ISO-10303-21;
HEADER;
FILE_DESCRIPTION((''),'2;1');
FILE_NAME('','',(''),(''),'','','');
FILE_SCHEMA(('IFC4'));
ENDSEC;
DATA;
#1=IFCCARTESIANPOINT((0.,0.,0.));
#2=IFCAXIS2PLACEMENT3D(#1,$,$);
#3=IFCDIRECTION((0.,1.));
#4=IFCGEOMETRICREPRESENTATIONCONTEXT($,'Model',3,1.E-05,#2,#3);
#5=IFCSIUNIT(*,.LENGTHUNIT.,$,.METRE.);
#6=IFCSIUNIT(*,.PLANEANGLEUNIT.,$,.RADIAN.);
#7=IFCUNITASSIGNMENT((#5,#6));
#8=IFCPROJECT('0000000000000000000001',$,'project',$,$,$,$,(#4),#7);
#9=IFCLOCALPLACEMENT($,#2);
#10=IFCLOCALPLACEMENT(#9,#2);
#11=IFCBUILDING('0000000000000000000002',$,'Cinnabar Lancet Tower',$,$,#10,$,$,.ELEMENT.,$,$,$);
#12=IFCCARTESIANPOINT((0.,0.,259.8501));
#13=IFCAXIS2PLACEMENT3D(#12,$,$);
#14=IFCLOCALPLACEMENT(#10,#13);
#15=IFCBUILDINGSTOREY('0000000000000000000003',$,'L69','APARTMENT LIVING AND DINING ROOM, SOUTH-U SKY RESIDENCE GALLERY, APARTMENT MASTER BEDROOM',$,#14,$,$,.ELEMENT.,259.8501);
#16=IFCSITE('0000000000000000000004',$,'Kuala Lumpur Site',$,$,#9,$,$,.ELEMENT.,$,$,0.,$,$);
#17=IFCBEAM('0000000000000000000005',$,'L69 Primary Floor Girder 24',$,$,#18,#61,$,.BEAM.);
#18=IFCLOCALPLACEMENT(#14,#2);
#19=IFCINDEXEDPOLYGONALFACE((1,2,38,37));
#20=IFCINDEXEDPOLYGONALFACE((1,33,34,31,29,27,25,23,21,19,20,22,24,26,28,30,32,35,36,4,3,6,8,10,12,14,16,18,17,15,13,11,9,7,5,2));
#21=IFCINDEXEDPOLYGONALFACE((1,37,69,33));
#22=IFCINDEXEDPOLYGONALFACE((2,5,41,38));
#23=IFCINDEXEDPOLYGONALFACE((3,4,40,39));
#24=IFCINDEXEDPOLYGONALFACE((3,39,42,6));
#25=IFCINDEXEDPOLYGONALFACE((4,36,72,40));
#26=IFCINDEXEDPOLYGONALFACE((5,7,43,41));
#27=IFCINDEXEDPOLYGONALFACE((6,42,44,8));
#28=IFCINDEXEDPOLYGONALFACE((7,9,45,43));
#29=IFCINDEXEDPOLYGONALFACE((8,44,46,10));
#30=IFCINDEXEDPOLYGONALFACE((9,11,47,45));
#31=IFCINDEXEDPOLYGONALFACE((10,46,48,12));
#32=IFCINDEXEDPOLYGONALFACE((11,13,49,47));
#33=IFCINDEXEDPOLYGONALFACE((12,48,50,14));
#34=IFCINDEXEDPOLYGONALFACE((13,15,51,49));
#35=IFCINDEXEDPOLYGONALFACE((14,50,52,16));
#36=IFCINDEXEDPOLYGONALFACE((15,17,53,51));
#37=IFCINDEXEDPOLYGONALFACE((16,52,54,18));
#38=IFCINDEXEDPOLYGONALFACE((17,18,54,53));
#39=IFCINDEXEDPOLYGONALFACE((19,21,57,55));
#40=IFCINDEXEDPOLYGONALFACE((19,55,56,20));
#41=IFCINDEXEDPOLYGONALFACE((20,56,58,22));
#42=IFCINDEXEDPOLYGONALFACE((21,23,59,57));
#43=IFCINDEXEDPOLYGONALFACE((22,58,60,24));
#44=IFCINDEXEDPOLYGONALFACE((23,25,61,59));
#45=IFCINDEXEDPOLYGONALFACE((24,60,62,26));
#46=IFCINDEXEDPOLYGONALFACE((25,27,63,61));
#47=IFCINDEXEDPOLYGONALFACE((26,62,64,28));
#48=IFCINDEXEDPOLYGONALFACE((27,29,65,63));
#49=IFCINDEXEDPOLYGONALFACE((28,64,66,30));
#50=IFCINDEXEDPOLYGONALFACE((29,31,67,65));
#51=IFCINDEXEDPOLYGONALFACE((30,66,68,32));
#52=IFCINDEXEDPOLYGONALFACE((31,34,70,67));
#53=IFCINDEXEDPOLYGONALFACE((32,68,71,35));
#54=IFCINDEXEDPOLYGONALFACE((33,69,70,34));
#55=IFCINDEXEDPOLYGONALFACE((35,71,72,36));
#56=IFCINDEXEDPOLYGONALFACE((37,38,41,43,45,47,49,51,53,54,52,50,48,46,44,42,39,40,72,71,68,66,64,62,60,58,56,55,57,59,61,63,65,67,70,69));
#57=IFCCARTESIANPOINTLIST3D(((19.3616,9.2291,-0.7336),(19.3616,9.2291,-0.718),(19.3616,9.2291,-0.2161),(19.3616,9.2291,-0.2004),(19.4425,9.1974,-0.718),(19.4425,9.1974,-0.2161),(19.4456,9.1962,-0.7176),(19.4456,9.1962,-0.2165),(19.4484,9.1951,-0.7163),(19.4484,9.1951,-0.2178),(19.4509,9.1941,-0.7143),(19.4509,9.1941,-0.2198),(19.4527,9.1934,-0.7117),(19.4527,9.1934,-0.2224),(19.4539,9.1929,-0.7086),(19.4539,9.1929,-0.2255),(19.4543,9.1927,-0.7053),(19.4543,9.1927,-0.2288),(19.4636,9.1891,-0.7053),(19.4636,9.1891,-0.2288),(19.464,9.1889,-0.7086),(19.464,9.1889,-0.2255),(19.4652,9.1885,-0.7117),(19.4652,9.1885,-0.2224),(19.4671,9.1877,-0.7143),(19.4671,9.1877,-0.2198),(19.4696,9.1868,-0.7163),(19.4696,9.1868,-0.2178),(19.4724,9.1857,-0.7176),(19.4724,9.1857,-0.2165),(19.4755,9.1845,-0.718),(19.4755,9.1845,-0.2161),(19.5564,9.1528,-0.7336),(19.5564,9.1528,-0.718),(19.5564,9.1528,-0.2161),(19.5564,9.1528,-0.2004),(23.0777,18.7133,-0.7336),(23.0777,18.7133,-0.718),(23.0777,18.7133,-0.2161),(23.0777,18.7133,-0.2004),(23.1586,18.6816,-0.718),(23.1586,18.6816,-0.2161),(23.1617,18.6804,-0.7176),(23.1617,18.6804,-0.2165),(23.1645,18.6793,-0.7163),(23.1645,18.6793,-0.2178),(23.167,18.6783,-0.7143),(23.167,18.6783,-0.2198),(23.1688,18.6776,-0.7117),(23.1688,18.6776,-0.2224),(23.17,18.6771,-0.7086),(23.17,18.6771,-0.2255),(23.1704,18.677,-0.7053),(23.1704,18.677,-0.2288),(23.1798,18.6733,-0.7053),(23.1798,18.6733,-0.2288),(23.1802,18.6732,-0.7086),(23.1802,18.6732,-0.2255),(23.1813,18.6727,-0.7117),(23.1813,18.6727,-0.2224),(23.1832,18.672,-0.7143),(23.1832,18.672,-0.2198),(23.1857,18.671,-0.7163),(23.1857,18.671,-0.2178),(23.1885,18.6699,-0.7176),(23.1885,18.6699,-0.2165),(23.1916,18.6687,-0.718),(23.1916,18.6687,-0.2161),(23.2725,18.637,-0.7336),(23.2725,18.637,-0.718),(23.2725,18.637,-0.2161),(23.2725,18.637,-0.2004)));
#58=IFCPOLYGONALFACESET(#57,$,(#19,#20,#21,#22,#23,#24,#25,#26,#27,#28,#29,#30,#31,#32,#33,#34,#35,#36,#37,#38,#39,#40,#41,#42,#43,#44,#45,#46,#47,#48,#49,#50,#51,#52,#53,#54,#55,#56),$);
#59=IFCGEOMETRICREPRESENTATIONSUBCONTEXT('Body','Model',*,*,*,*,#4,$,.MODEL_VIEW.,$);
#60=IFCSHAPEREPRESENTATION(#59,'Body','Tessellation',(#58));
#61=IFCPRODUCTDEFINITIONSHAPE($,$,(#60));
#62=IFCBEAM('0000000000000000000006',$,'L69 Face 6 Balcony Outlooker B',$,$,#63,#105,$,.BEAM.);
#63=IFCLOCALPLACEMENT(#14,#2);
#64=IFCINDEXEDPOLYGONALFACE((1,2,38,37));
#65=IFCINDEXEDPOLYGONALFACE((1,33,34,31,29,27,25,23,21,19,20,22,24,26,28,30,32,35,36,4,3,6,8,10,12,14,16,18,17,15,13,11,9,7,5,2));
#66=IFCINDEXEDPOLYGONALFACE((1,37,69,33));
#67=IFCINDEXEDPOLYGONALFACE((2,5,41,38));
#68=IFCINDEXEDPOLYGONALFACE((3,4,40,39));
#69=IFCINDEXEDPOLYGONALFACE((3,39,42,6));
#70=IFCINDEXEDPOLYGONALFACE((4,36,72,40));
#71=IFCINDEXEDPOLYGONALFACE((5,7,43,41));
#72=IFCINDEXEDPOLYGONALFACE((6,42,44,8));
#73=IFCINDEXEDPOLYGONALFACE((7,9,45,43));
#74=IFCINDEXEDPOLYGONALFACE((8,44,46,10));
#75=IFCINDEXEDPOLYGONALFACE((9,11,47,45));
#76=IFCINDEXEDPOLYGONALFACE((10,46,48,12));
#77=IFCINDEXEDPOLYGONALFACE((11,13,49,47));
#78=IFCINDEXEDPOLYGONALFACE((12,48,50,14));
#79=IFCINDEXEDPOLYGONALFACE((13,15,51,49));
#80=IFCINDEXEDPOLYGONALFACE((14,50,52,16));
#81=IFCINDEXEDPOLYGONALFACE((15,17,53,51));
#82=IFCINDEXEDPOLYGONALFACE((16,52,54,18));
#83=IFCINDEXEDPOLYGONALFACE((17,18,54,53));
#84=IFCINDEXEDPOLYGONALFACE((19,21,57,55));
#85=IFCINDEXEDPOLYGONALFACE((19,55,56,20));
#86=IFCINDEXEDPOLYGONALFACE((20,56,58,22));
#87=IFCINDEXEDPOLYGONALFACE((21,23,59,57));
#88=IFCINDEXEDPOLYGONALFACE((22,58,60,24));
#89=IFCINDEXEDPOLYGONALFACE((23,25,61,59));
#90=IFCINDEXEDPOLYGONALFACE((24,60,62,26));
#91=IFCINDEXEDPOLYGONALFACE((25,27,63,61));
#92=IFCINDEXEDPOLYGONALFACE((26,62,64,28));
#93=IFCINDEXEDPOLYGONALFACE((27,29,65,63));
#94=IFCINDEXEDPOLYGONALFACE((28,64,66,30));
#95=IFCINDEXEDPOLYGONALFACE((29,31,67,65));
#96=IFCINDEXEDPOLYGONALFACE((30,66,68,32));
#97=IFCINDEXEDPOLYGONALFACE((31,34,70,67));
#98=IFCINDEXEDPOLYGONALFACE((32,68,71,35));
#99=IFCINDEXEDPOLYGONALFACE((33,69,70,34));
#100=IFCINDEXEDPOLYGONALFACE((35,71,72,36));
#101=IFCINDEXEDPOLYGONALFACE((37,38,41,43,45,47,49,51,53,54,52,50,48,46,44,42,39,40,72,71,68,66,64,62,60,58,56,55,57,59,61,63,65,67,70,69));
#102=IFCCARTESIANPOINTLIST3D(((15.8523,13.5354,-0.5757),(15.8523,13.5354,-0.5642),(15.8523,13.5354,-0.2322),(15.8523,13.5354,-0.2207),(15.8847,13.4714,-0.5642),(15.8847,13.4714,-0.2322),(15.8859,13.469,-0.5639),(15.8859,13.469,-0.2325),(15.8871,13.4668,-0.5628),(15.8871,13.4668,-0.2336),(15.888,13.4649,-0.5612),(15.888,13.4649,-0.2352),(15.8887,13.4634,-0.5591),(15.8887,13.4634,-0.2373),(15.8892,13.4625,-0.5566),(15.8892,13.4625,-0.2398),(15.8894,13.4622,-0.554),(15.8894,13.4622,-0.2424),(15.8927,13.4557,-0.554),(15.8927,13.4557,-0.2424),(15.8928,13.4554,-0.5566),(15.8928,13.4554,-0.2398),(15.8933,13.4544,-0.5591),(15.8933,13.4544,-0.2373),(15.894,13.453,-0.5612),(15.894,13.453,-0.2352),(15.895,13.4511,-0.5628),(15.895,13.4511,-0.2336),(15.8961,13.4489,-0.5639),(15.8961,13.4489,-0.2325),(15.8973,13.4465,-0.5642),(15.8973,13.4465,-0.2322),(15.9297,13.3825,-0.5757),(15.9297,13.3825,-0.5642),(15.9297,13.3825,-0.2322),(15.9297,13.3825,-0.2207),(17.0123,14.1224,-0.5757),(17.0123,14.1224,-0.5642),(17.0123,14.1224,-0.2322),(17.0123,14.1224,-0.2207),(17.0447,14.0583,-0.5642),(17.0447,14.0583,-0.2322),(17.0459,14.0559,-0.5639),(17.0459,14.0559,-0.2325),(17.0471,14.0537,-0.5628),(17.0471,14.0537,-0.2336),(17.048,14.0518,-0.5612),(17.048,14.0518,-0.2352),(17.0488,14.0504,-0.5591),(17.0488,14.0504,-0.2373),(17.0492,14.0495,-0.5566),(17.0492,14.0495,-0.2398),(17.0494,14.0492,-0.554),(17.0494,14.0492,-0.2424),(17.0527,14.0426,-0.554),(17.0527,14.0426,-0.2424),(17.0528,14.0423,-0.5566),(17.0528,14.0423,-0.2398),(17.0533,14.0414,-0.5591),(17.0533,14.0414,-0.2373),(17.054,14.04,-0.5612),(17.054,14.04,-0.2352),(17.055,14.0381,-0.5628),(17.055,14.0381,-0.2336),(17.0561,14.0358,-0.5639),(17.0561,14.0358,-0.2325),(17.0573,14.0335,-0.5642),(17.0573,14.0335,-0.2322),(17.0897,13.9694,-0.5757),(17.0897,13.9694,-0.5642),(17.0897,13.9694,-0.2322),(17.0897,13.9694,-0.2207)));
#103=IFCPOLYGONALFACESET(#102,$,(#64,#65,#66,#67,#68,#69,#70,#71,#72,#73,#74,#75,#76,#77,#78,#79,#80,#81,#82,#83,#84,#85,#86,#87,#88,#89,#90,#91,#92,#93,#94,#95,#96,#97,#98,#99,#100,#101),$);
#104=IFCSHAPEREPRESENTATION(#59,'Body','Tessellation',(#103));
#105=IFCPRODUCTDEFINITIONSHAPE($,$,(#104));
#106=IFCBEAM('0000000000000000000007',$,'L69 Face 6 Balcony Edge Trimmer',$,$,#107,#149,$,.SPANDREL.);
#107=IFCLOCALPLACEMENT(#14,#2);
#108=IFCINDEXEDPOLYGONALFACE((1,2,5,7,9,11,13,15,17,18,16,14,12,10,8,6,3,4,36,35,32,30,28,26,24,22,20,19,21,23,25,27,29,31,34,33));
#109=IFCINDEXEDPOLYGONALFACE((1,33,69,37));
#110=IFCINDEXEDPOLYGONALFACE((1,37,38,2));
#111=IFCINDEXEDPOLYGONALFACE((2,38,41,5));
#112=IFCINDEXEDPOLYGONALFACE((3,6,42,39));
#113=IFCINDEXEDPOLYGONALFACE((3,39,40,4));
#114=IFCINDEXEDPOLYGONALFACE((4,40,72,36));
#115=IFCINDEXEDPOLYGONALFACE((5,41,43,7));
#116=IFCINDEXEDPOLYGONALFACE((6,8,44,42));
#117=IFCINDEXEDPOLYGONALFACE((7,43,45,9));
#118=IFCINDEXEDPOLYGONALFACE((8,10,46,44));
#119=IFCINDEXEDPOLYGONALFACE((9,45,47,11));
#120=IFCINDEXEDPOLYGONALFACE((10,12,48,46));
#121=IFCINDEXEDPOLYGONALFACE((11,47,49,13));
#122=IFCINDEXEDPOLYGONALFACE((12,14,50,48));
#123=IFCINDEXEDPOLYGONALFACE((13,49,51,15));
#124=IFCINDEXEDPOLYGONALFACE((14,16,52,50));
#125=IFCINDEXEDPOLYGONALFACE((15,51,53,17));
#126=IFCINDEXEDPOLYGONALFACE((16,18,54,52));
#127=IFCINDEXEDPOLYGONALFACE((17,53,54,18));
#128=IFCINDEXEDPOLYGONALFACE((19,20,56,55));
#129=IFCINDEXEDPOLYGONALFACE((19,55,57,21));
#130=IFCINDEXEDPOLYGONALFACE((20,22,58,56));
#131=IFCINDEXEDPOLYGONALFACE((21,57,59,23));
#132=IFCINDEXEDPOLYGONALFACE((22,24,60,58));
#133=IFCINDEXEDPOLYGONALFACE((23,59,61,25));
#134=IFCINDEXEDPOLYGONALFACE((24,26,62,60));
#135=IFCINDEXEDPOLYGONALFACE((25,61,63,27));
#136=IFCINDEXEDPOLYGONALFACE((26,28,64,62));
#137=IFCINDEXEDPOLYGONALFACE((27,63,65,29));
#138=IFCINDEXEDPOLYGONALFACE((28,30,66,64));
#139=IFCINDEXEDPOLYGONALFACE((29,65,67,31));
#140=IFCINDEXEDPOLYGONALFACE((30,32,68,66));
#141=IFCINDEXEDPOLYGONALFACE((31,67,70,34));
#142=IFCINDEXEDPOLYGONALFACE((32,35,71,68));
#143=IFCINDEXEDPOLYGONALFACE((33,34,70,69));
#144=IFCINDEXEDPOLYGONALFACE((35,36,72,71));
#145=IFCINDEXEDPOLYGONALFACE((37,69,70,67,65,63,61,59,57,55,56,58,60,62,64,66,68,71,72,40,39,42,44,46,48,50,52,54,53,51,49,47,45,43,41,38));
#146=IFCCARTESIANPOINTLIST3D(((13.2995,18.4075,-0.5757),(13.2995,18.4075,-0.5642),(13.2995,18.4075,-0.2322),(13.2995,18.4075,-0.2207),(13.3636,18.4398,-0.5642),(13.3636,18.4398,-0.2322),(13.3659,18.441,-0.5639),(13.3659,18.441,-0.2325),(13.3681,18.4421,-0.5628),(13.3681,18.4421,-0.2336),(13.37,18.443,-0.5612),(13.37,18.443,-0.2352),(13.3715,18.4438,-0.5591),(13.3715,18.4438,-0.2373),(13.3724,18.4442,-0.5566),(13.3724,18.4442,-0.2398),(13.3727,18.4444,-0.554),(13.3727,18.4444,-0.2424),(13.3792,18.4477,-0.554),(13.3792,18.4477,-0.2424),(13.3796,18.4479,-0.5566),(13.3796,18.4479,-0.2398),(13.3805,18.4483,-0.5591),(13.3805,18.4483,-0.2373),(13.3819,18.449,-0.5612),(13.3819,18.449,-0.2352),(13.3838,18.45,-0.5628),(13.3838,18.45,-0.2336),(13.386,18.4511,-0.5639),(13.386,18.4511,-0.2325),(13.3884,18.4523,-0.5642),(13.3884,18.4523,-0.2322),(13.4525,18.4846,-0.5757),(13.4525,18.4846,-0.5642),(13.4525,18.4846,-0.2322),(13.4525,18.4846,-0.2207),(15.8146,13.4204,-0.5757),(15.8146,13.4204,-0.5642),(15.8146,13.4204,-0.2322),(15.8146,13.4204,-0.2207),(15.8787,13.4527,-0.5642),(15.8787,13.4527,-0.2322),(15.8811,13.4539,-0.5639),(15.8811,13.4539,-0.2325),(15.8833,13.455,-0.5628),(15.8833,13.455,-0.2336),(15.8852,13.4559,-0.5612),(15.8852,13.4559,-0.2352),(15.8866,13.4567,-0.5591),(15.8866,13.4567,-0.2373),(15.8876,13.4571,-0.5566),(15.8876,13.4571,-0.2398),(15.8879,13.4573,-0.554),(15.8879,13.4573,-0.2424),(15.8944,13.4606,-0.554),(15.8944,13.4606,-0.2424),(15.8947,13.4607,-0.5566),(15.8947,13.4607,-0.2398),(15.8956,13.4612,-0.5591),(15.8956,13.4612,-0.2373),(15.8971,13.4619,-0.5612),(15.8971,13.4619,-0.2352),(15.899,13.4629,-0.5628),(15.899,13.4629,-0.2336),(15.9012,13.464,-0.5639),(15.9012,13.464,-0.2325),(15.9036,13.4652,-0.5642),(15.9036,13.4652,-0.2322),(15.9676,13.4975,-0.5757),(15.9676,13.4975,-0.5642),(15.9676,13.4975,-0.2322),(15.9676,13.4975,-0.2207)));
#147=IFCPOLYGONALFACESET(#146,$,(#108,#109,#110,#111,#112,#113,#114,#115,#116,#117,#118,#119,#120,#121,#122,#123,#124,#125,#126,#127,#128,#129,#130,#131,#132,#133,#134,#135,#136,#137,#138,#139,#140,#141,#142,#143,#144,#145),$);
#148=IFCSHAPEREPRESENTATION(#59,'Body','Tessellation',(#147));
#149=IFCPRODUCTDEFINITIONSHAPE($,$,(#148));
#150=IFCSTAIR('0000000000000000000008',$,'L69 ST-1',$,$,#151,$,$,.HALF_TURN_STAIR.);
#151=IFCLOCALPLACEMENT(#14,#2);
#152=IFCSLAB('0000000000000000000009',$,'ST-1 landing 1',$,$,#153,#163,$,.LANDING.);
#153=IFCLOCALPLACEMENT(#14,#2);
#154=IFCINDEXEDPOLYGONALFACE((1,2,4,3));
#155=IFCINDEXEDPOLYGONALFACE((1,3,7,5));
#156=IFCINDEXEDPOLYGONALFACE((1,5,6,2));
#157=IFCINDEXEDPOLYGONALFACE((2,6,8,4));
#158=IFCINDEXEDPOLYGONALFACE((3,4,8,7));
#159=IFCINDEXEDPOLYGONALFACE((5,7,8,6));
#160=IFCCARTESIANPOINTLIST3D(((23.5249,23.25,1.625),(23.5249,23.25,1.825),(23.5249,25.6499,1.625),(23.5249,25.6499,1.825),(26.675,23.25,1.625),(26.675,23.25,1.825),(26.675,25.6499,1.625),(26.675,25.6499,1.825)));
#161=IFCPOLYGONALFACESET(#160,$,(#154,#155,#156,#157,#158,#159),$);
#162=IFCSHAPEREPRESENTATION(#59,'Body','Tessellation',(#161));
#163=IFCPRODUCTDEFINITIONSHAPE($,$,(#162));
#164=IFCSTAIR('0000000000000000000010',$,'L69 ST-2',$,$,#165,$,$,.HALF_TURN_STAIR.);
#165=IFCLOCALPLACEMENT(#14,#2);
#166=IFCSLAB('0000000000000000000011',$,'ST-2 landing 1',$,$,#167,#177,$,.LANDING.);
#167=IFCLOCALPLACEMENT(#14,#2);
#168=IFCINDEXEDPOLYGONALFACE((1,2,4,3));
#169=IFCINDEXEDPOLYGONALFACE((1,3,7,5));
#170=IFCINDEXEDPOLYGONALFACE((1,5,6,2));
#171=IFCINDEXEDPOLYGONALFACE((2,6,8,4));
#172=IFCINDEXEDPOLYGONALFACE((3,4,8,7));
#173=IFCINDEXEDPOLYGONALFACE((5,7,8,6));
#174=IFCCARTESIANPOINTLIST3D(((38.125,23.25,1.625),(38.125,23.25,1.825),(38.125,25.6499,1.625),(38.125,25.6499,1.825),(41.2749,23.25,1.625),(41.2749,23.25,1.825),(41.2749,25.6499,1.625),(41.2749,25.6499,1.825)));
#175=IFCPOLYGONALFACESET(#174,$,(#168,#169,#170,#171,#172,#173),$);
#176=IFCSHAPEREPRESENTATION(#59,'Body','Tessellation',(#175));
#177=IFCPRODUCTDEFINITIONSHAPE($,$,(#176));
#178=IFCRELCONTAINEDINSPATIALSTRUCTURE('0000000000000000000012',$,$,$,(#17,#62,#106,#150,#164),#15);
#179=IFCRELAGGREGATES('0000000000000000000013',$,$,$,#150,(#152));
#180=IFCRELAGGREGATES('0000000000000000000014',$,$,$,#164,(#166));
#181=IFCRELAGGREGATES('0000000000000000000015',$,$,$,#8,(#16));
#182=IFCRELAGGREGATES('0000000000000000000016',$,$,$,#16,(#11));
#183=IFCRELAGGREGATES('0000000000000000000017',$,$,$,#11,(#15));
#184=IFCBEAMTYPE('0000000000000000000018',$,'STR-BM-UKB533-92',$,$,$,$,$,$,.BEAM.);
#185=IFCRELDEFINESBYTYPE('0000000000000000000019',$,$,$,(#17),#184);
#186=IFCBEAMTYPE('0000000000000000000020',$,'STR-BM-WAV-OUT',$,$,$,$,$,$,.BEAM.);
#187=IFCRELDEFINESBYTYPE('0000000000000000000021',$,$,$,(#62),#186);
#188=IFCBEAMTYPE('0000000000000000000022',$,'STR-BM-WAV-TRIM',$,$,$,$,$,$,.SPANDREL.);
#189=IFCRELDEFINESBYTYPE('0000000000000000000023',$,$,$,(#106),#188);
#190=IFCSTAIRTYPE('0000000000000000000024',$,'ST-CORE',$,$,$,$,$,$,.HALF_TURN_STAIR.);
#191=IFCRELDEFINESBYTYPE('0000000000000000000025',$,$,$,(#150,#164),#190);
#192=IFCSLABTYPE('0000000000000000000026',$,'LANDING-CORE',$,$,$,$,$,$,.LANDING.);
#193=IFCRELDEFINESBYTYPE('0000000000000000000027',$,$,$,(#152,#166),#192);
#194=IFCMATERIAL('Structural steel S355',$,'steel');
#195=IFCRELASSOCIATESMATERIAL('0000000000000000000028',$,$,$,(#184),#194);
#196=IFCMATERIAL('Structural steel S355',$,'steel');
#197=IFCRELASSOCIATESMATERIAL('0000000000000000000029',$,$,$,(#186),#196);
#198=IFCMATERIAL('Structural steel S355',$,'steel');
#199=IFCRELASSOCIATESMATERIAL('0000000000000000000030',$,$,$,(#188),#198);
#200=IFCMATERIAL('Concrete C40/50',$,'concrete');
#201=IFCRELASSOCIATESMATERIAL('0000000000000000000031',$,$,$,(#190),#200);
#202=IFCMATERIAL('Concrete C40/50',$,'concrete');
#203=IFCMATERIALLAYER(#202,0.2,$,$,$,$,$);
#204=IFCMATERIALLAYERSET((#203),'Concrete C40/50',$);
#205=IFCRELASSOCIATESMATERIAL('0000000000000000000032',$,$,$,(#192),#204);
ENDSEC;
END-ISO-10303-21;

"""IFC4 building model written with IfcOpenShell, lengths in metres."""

from ifc_helpers import new_model, si_unit, direction, frame, origin, origin_2d, place, context, subcontext, project, spatial, polyline, i_section, outline, extrude, material, layer, layer_set, material_profile, profile_set, type_object, element, aggregate, save


model = new_model("IFC4")

# Units and contexts
model_context = context("Model", 3, precision=1e-05, world=origin(), true_north=direction((0.0, 1.0)))
body_context = subcontext(model_context, "Body", "Model", "MODEL_VIEW")
ifc_project = project(units=[si_unit("LENGTHUNIT", "METRE"), si_unit("PLANEANGLEUNIT", "RADIAN")], contexts=[model_context])

# Site, building, storey
site_placement = place(None, origin())
site = spatial("IfcSite", under=ifc_project, at=site_placement, Name="Kuala Lumpur Site", CompositionType="ELEMENT", RefElevation=0.0)
building_placement = place(site_placement, origin())
building = spatial("IfcBuilding", under=site, at=building_placement, Name="Cinnabar Lancet Tower", CompositionType="ELEMENT")
storey_placement = place(building_placement, frame((0.0, 0.0, 259.8501)))
storey = spatial("IfcBuildingStorey", under=building, at=storey_placement, Name="L69", Description="APARTMENT LIVING AND DINING ROOM, SOUTH-U SKY RESIDENCE GALLERY, APARTMENT MASTER BEDROOM", CompositionType="ELEMENT", Elevation=259.8501)

# Beams
ifc_material_1 = material(Name="Structural steel S355", Category="steel")
ifc_material_profile_1 = material_profile(ifc_material_1, i_section(OverallWidth=0.2092, OverallDepth=0.5332, WebThickness=0.01, FlangeThickness=0.0156, FilletRadius=0.0127, at=origin_2d()), Name="UKB 533x210x92")
ifc_profile_set_1 = profile_set([ifc_material_profile_1], Name="Structural steel S355")
beam_type_1 = type_object("IfcBeamType", Name="STR-BM-UKB533-92", PredefinedType="BEAM", material=ifc_profile_set_1)
beam_1_placement = place(storey_placement, frame((19.459, 9.1909, -0.467), z_axis=(0.364815, 0.93108, 0.0), x_axis=(-0.93108, 0.364815, 0.0)))
element("IfcBeam", 1, at=beam_1_placement, inside=storey, type_object=beam_type_1, Name="L69 Primary Floor Girder 24", PredefinedType="BEAM", context=body_context, shape_type="SweptSolid", body=[
    extrude(i_section(OverallWidth=0.2092, OverallDepth=0.5332, WebThickness=0.01, FlangeThickness=0.0156, FilletRadius=0.0127, at=origin_2d()), origin(), (0.0, 0.0, 1.0), 10.1863),
])
ifc_material_2 = material(Name="Structural steel S355", Category="steel")
ifc_material_profile_2 = material_profile(ifc_material_2, i_section(OverallWidth=0.1714, OverallDepth=0.355, WebThickness=0.0073, FlangeThickness=0.0115, FilletRadius=0.0103, at=origin_2d()), Name="UKB 356x171x51")
ifc_profile_set_2 = profile_set([ifc_material_profile_2], Name="Structural steel S355")
beam_type_2 = type_object("IfcBeamType", Name="STR-BM-WAV-OUT", PredefinedType="BEAM", material=ifc_profile_set_2)
beam_2_placement = place(storey_placement, frame((17.051, 14.0459, -0.3982), z_axis=(-0.892276, -0.45149, 0.0), x_axis=(0.45149, -0.892276, 0.0)))
element("IfcBeam", 2, at=beam_2_placement, inside=storey, type_object=beam_type_2, Name="L69 Face 6 Balcony Outlooker B", PredefinedType="BEAM", context=body_context, shape_type="SweptSolid", body=[
    extrude(i_section(OverallWidth=0.1714, OverallDepth=0.355, WebThickness=0.0073, FlangeThickness=0.0115, FilletRadius=0.0103, at=origin_2d()), origin(), (0.0, 0.0, 1.0), 1.3),
])
ifc_material_3 = material(Name="Structural steel S355", Category="steel")
ifc_material_profile_3 = material_profile(ifc_material_3, i_section(OverallWidth=0.1714, OverallDepth=0.355, WebThickness=0.0073, FlangeThickness=0.0115, FilletRadius=0.0103, at=origin_2d()), Name="UKB 356x171x51")
ifc_profile_set_3 = profile_set([ifc_material_profile_3], Name="Structural steel S355")
beam_type_3 = type_object("IfcBeamType", Name="STR-BM-WAV-TRIM", PredefinedType="SPANDREL", material=ifc_profile_set_3)
beam_3_placement = place(storey_placement, frame((13.376, 18.446, -0.3982), z_axis=(0.450306, -0.892874, 0.0), x_axis=(0.892874, 0.450306, 0.0)))
element("IfcBeam", 3, at=beam_3_placement, inside=storey, type_object=beam_type_3, Name="L69 Face 6 Balcony Edge Trimmer", PredefinedType="SPANDREL", context=body_context, shape_type="SweptSolid", body=[
    extrude(i_section(OverallWidth=0.1714, OverallDepth=0.355, WebThickness=0.0073, FlangeThickness=0.0115, FilletRadius=0.0103, at=origin_2d()), origin(), (0.0, 0.0, 1.0), 5.5854),
])

# Stairs, slabs
ifc_material_4 = material(Name="Concrete C40/50", Category="concrete")
stair_type = type_object("IfcStairType", Name="ST-CORE", PredefinedType="HALF_TURN_STAIR", material=ifc_material_4)
stair_1_placement = place(storey_placement, origin())
stair_1 = element("IfcStair", 4, at=stair_1_placement, inside=storey, type_object=stair_type, Name="L69 ST-1", PredefinedType="HALF_TURN_STAIR")
ifc_material_5 = material(Name="Concrete C40/50", Category="concrete")
ifc_layer_1 = layer(ifc_material_5, 0.2)
ifc_layer_set_1 = layer_set([ifc_layer_1], Name="Concrete C40/50")
slab_type_1 = type_object("IfcSlabType", Name="LANDING-CORE", PredefinedType="LANDING", material=ifc_layer_set_1)
slab_1_placement = place(storey_placement, frame((0.0, 0.0, 1.625)))
slab_1 = element("IfcSlab", 5, at=slab_1_placement, type_object=slab_type_1, Name="ST-1 landing 1", PredefinedType="LANDING", context=body_context, shape_type="SweptSolid", body=[
    extrude(outline(polyline([(23.5249, 25.6499), (23.5249, 23.25), (26.675, 23.25), (26.675, 25.6499), (23.5249, 25.6499)])), origin(), (0.0, 0.0, 1.0), 0.2),
])
aggregate(stair_1, [slab_1])
stair_2_placement = place(storey_placement, origin())
stair_2 = element("IfcStair", 6, at=stair_2_placement, inside=storey, type_object=stair_type, Name="L69 ST-2", PredefinedType="HALF_TURN_STAIR")
slab_2_placement = place(storey_placement, frame((0.0, 0.0, 1.625)))
slab_2 = element("IfcSlab", 7, at=slab_2_placement, type_object=slab_type_1, Name="ST-2 landing 1", PredefinedType="LANDING", context=body_context, shape_type="SweptSolid", body=[
    extrude(outline(polyline([(38.125, 25.6499), (38.125, 23.25), (41.2749, 23.25), (41.2749, 25.6499), (38.125, 25.6499)])), origin(), (0.0, 0.0, 1.0), 0.2),
])
aggregate(stair_2, [slab_2])

save(model, "model.ifc")
